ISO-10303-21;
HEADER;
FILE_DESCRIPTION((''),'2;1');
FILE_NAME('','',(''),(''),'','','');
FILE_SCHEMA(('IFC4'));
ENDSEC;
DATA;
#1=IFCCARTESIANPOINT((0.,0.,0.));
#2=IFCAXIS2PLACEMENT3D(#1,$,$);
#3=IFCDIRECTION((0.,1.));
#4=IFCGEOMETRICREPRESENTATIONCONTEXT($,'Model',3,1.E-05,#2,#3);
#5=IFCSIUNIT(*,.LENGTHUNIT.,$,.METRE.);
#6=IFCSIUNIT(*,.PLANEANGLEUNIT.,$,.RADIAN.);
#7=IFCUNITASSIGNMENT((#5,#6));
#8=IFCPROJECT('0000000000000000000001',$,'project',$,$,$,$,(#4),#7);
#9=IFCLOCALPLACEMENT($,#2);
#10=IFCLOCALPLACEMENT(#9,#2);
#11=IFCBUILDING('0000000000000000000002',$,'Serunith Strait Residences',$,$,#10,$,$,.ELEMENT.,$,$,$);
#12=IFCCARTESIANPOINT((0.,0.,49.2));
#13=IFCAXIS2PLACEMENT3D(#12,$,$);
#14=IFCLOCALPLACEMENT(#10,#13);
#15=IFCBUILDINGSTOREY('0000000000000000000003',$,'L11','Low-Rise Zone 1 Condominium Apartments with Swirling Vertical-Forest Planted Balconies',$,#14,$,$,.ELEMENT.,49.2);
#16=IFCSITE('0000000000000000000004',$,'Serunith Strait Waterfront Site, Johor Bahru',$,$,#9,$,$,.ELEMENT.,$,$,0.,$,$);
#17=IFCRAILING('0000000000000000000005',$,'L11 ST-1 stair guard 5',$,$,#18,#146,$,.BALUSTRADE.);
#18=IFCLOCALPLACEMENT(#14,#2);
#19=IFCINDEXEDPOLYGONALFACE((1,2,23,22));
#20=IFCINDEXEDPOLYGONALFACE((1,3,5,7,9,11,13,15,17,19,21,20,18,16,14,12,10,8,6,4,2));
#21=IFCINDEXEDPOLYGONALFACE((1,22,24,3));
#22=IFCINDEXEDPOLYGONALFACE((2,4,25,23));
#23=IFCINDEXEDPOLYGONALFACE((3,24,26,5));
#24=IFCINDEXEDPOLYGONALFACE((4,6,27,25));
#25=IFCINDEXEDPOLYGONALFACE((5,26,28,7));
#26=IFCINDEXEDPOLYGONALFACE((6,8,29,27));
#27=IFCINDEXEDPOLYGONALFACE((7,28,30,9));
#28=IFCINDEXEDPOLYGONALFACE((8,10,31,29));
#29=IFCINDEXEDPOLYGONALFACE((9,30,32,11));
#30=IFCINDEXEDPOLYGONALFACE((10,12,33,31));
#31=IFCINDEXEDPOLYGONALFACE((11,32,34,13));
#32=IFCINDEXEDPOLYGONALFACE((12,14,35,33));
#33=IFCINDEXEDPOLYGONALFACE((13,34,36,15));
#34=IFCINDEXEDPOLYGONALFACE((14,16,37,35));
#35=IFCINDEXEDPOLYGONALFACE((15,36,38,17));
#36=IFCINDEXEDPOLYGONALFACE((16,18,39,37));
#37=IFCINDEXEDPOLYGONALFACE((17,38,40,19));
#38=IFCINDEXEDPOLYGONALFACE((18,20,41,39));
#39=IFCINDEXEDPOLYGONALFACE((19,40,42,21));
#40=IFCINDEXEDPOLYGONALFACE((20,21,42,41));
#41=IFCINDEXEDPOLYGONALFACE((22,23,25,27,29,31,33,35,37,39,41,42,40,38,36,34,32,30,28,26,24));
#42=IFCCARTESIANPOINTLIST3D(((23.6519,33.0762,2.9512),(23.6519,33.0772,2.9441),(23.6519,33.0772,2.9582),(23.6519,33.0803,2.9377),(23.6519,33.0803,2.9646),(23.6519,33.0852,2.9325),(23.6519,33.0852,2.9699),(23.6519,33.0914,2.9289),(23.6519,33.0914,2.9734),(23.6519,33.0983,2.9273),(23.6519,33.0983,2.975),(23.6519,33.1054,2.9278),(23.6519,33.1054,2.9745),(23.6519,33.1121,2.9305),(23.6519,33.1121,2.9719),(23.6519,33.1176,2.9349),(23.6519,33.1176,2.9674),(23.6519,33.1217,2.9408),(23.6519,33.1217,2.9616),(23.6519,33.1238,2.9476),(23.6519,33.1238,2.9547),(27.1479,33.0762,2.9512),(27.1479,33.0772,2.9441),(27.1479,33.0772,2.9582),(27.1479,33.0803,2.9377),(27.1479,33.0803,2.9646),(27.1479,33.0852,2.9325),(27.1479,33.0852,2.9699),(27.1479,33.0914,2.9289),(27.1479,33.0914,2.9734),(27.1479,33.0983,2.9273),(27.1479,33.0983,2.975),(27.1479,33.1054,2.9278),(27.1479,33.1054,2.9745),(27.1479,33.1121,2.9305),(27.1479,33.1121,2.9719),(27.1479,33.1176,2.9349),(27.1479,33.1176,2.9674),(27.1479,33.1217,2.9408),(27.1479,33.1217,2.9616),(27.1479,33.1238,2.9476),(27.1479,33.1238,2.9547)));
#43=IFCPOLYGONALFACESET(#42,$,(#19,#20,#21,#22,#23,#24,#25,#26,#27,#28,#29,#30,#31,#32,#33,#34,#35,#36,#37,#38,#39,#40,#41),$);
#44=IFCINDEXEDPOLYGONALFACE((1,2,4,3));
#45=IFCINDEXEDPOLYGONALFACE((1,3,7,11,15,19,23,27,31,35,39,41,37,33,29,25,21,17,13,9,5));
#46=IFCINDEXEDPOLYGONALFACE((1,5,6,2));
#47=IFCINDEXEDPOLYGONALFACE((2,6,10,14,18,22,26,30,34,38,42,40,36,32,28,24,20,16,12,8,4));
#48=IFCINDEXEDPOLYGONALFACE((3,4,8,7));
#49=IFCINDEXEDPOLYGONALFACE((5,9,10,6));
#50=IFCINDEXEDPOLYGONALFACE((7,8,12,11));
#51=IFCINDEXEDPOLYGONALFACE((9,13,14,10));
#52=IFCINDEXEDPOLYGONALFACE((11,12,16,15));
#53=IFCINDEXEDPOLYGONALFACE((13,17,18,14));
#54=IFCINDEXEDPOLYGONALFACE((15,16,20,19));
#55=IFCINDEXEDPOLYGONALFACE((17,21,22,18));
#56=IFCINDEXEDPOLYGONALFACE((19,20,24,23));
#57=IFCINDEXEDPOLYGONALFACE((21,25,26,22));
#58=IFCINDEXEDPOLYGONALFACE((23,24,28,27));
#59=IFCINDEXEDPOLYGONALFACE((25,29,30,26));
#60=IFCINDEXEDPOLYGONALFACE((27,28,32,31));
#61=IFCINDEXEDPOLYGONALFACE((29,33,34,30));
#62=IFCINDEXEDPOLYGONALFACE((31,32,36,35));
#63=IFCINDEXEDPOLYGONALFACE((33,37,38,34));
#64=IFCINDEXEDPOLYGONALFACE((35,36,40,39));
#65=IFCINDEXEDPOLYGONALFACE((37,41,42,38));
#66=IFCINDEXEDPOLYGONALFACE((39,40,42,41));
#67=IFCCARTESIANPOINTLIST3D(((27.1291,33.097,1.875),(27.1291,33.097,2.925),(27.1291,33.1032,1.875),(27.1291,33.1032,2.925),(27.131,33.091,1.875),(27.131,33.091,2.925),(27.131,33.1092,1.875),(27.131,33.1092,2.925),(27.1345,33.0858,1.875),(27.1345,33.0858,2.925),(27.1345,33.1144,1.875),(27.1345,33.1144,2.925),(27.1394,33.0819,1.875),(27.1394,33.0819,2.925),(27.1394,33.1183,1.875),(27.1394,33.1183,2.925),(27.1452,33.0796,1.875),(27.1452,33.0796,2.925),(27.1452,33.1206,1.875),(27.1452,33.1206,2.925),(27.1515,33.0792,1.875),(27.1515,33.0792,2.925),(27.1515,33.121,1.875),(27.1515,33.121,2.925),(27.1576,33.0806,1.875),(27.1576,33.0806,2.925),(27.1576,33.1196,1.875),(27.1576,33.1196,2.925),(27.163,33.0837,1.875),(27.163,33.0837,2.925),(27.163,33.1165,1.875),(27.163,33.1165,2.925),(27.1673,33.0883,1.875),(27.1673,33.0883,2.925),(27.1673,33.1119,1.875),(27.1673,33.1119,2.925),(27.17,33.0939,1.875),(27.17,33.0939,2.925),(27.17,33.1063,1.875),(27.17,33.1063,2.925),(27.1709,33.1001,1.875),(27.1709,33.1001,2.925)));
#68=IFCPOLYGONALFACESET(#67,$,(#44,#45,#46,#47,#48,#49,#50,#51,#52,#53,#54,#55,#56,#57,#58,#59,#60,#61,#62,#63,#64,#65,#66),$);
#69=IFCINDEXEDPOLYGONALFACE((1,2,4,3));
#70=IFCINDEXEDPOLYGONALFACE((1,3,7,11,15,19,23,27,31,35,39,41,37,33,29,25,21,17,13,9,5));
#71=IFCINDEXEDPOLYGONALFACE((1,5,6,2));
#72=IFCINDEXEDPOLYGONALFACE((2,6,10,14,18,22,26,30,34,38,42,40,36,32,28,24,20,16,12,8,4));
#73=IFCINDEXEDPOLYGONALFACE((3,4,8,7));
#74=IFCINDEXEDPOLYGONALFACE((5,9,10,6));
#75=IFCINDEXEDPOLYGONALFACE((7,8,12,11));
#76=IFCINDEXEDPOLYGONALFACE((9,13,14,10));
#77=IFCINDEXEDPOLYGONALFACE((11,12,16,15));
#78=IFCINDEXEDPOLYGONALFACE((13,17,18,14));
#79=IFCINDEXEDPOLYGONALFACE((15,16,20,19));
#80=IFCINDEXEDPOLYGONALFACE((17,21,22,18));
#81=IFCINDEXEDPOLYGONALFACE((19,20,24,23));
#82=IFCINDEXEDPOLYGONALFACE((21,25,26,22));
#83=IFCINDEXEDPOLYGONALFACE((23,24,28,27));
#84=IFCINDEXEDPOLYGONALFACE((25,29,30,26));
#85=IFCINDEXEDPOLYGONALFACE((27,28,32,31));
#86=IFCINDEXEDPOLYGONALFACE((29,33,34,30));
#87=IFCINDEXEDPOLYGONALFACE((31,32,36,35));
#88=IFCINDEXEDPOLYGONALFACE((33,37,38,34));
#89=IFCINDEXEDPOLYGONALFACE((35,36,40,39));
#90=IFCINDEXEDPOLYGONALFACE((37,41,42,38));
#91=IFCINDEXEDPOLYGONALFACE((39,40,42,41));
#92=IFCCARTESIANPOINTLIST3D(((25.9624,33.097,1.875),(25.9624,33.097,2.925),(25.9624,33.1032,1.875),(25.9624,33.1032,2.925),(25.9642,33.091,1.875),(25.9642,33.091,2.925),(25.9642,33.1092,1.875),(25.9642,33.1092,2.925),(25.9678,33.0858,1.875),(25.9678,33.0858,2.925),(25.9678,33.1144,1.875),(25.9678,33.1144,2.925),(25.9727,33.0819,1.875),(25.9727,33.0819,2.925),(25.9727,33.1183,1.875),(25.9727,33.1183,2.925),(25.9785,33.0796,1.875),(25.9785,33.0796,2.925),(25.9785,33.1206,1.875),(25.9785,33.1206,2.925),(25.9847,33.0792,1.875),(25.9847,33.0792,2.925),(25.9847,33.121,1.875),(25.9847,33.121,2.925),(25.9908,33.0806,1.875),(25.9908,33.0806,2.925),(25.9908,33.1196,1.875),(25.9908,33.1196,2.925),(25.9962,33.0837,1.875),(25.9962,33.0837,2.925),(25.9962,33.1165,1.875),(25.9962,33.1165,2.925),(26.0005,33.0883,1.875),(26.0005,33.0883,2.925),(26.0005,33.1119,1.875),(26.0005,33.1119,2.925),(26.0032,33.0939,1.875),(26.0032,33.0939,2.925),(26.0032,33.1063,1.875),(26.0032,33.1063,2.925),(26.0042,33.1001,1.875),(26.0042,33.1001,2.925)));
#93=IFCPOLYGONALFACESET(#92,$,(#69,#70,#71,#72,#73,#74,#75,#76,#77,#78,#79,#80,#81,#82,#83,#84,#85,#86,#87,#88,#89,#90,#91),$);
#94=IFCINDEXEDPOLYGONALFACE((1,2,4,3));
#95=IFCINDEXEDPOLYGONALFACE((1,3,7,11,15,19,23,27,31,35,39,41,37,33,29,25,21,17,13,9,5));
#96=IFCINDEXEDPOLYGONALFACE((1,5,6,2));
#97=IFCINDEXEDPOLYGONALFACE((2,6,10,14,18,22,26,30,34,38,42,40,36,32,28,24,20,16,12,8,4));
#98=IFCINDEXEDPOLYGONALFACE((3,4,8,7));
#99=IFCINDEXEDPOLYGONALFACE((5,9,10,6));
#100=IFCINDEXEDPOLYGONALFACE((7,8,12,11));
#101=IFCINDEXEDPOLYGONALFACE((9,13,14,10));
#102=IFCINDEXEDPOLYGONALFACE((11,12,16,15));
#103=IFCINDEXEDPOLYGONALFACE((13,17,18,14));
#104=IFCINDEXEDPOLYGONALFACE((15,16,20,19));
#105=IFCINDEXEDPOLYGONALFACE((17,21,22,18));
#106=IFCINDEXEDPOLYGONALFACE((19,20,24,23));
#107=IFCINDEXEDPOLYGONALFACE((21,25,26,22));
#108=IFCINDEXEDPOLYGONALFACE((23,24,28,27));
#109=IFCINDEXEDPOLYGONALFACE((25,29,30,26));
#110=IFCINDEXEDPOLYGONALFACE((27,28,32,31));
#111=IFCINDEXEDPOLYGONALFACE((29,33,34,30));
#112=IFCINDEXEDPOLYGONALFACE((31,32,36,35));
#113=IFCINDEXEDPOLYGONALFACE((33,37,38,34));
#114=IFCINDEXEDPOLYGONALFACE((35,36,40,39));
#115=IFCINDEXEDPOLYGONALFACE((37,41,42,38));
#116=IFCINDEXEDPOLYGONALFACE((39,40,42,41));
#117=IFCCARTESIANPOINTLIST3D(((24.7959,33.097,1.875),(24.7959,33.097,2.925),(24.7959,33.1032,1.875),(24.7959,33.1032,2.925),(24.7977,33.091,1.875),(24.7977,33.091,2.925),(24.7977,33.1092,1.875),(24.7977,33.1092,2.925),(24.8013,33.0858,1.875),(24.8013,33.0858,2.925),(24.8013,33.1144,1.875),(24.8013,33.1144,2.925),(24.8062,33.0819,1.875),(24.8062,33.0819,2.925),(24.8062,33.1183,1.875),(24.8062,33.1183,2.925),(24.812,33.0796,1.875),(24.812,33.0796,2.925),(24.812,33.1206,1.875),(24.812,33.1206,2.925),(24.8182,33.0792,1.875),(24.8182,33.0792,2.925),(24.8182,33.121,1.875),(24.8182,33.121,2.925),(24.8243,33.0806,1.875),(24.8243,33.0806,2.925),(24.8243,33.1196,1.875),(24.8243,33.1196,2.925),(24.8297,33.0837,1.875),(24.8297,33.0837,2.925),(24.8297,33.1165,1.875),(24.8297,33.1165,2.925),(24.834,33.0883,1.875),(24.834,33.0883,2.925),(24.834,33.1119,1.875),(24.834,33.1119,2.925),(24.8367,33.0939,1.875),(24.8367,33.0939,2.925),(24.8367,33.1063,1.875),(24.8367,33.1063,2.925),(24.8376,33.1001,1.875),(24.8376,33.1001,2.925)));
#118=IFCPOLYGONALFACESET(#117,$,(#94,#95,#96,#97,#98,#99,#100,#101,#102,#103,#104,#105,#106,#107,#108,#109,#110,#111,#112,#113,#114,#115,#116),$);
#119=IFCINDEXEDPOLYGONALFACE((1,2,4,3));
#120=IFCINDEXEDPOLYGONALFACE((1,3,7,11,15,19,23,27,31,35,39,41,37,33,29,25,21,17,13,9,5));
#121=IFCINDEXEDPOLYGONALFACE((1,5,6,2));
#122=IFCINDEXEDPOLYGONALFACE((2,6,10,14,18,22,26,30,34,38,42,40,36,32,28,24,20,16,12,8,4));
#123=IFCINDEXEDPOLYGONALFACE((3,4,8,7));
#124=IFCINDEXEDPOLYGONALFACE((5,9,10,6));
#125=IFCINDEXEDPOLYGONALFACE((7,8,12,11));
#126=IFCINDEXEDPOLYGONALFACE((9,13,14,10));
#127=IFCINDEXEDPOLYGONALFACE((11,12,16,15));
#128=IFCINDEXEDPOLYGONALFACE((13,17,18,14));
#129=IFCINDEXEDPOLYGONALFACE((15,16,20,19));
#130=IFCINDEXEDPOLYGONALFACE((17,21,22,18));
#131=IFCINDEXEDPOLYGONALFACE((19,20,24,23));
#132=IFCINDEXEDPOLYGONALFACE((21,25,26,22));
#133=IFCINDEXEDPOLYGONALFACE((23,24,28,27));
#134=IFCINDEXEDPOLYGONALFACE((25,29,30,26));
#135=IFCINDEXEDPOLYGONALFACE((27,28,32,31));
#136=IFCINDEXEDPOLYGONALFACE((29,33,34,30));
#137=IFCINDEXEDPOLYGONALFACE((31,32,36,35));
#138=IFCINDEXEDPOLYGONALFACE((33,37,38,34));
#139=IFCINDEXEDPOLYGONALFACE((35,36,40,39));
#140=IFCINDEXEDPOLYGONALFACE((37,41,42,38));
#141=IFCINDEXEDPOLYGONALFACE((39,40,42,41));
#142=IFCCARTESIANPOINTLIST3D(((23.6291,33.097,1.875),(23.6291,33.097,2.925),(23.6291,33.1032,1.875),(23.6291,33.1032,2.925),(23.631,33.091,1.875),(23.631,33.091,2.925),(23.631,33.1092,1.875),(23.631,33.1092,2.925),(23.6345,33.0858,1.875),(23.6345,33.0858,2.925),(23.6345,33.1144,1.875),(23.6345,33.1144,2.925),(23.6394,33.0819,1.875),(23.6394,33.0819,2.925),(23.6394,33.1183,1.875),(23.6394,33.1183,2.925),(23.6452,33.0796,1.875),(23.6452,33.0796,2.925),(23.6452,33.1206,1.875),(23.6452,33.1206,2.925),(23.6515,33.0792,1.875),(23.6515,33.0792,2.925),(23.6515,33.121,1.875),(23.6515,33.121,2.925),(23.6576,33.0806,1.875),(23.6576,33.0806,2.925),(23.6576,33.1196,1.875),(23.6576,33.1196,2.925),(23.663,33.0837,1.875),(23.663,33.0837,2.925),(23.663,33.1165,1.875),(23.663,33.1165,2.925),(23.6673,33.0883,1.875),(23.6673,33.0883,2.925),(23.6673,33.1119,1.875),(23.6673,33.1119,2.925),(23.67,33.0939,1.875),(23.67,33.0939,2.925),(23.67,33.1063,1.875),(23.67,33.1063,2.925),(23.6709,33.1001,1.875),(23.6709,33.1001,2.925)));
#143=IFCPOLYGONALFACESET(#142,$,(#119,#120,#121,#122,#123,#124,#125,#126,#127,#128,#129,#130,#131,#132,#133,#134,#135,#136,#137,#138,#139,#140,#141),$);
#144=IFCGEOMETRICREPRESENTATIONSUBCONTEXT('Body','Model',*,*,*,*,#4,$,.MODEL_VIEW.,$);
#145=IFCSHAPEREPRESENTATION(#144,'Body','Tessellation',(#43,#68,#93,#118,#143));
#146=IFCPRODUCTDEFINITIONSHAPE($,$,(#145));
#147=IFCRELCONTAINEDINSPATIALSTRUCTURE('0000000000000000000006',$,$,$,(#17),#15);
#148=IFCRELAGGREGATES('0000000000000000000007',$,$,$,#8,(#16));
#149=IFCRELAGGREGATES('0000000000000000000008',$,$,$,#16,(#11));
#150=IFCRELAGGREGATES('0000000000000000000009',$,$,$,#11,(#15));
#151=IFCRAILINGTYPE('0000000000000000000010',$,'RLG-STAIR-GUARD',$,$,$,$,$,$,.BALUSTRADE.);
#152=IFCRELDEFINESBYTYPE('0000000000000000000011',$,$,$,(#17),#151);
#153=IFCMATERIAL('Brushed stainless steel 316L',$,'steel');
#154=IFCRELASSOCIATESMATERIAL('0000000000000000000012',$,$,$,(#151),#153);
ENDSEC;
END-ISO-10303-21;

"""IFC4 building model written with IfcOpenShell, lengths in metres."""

from ifc_helpers import new_model, si_unit, direction, frame, origin, origin_2d, place, context, subcontext, project, spatial, circle, extrude, material, type_object, element, save


model = new_model("IFC4")

# Units and contexts
model_context = context("Model", 3, precision=1e-05, world=origin(), true_north=direction((0.0, 1.0)))
body_context = subcontext(model_context, "Body", "Model", "MODEL_VIEW")
ifc_project = project(units=[si_unit("LENGTHUNIT", "METRE"), si_unit("PLANEANGLEUNIT", "RADIAN")], contexts=[model_context])

# Site, building, storey
site_placement = place(None, origin())
site = spatial("IfcSite", under=ifc_project, at=site_placement, Name="Serunith Strait Waterfront Site, Johor Bahru", CompositionType="ELEMENT", RefElevation=0.0)
building_placement = place(site_placement, origin())
building = spatial("IfcBuilding", under=site, at=building_placement, Name="Serunith Strait Residences", CompositionType="ELEMENT")
storey_placement = place(building_placement, frame((0.0, 0.0, 49.2)))
storey = spatial("IfcBuildingStorey", under=building, at=storey_placement, Name="L11", Description="Low-Rise Zone 1 Condominium Apartments with Swirling Vertical-Forest Planted Balconies", CompositionType="ELEMENT", Elevation=49.2)

# Railing
ifc_material_1 = material(Name="Brushed stainless steel 316L", Category="steel")
railing_type_1 = type_object("IfcRailingType", Name="RLG-STAIR-GUARD", PredefinedType="BALUSTRADE", material=ifc_material_1)
railing_1_placement = place(storey_placement, frame((27.1499, 33.1001, 1.875)))
element("IfcRailing", 1, at=railing_1_placement, inside=storey, type_object=railing_type_1, Name="L11 ST-1 stair guard 5", PredefinedType="BALUSTRADE", context=body_context, shape_type="SweptSolid", body=[
    extrude(circle(Radius=0.0239, at=origin_2d()), frame((-0.002, 0.0, 1.0762), z_axis=(-1.0, 0.0, 0.0), x_axis=(0.0, -1.0, 0.0)), (0.0, 0.0, 1.0), 3.4961),
    extrude(circle(Radius=0.021, at=origin_2d()), origin(), (0.0, 0.0, 1.0), 1.05),
    extrude(circle(Radius=0.021, at=origin_2d()), frame((-1.1667, 0.0, 0.0)), (0.0, 0.0, 1.0), 1.05),
    extrude(circle(Radius=0.021, at=origin_2d()), frame((-2.3333, 0.0, 0.0)), (0.0, 0.0, 1.0), 1.05),
    extrude(circle(Radius=0.021, at=origin_2d()), frame((-3.5, 0.0, 0.0)), (0.0, 0.0, 1.0), 1.05),
])

save(model, "model.ifc")
